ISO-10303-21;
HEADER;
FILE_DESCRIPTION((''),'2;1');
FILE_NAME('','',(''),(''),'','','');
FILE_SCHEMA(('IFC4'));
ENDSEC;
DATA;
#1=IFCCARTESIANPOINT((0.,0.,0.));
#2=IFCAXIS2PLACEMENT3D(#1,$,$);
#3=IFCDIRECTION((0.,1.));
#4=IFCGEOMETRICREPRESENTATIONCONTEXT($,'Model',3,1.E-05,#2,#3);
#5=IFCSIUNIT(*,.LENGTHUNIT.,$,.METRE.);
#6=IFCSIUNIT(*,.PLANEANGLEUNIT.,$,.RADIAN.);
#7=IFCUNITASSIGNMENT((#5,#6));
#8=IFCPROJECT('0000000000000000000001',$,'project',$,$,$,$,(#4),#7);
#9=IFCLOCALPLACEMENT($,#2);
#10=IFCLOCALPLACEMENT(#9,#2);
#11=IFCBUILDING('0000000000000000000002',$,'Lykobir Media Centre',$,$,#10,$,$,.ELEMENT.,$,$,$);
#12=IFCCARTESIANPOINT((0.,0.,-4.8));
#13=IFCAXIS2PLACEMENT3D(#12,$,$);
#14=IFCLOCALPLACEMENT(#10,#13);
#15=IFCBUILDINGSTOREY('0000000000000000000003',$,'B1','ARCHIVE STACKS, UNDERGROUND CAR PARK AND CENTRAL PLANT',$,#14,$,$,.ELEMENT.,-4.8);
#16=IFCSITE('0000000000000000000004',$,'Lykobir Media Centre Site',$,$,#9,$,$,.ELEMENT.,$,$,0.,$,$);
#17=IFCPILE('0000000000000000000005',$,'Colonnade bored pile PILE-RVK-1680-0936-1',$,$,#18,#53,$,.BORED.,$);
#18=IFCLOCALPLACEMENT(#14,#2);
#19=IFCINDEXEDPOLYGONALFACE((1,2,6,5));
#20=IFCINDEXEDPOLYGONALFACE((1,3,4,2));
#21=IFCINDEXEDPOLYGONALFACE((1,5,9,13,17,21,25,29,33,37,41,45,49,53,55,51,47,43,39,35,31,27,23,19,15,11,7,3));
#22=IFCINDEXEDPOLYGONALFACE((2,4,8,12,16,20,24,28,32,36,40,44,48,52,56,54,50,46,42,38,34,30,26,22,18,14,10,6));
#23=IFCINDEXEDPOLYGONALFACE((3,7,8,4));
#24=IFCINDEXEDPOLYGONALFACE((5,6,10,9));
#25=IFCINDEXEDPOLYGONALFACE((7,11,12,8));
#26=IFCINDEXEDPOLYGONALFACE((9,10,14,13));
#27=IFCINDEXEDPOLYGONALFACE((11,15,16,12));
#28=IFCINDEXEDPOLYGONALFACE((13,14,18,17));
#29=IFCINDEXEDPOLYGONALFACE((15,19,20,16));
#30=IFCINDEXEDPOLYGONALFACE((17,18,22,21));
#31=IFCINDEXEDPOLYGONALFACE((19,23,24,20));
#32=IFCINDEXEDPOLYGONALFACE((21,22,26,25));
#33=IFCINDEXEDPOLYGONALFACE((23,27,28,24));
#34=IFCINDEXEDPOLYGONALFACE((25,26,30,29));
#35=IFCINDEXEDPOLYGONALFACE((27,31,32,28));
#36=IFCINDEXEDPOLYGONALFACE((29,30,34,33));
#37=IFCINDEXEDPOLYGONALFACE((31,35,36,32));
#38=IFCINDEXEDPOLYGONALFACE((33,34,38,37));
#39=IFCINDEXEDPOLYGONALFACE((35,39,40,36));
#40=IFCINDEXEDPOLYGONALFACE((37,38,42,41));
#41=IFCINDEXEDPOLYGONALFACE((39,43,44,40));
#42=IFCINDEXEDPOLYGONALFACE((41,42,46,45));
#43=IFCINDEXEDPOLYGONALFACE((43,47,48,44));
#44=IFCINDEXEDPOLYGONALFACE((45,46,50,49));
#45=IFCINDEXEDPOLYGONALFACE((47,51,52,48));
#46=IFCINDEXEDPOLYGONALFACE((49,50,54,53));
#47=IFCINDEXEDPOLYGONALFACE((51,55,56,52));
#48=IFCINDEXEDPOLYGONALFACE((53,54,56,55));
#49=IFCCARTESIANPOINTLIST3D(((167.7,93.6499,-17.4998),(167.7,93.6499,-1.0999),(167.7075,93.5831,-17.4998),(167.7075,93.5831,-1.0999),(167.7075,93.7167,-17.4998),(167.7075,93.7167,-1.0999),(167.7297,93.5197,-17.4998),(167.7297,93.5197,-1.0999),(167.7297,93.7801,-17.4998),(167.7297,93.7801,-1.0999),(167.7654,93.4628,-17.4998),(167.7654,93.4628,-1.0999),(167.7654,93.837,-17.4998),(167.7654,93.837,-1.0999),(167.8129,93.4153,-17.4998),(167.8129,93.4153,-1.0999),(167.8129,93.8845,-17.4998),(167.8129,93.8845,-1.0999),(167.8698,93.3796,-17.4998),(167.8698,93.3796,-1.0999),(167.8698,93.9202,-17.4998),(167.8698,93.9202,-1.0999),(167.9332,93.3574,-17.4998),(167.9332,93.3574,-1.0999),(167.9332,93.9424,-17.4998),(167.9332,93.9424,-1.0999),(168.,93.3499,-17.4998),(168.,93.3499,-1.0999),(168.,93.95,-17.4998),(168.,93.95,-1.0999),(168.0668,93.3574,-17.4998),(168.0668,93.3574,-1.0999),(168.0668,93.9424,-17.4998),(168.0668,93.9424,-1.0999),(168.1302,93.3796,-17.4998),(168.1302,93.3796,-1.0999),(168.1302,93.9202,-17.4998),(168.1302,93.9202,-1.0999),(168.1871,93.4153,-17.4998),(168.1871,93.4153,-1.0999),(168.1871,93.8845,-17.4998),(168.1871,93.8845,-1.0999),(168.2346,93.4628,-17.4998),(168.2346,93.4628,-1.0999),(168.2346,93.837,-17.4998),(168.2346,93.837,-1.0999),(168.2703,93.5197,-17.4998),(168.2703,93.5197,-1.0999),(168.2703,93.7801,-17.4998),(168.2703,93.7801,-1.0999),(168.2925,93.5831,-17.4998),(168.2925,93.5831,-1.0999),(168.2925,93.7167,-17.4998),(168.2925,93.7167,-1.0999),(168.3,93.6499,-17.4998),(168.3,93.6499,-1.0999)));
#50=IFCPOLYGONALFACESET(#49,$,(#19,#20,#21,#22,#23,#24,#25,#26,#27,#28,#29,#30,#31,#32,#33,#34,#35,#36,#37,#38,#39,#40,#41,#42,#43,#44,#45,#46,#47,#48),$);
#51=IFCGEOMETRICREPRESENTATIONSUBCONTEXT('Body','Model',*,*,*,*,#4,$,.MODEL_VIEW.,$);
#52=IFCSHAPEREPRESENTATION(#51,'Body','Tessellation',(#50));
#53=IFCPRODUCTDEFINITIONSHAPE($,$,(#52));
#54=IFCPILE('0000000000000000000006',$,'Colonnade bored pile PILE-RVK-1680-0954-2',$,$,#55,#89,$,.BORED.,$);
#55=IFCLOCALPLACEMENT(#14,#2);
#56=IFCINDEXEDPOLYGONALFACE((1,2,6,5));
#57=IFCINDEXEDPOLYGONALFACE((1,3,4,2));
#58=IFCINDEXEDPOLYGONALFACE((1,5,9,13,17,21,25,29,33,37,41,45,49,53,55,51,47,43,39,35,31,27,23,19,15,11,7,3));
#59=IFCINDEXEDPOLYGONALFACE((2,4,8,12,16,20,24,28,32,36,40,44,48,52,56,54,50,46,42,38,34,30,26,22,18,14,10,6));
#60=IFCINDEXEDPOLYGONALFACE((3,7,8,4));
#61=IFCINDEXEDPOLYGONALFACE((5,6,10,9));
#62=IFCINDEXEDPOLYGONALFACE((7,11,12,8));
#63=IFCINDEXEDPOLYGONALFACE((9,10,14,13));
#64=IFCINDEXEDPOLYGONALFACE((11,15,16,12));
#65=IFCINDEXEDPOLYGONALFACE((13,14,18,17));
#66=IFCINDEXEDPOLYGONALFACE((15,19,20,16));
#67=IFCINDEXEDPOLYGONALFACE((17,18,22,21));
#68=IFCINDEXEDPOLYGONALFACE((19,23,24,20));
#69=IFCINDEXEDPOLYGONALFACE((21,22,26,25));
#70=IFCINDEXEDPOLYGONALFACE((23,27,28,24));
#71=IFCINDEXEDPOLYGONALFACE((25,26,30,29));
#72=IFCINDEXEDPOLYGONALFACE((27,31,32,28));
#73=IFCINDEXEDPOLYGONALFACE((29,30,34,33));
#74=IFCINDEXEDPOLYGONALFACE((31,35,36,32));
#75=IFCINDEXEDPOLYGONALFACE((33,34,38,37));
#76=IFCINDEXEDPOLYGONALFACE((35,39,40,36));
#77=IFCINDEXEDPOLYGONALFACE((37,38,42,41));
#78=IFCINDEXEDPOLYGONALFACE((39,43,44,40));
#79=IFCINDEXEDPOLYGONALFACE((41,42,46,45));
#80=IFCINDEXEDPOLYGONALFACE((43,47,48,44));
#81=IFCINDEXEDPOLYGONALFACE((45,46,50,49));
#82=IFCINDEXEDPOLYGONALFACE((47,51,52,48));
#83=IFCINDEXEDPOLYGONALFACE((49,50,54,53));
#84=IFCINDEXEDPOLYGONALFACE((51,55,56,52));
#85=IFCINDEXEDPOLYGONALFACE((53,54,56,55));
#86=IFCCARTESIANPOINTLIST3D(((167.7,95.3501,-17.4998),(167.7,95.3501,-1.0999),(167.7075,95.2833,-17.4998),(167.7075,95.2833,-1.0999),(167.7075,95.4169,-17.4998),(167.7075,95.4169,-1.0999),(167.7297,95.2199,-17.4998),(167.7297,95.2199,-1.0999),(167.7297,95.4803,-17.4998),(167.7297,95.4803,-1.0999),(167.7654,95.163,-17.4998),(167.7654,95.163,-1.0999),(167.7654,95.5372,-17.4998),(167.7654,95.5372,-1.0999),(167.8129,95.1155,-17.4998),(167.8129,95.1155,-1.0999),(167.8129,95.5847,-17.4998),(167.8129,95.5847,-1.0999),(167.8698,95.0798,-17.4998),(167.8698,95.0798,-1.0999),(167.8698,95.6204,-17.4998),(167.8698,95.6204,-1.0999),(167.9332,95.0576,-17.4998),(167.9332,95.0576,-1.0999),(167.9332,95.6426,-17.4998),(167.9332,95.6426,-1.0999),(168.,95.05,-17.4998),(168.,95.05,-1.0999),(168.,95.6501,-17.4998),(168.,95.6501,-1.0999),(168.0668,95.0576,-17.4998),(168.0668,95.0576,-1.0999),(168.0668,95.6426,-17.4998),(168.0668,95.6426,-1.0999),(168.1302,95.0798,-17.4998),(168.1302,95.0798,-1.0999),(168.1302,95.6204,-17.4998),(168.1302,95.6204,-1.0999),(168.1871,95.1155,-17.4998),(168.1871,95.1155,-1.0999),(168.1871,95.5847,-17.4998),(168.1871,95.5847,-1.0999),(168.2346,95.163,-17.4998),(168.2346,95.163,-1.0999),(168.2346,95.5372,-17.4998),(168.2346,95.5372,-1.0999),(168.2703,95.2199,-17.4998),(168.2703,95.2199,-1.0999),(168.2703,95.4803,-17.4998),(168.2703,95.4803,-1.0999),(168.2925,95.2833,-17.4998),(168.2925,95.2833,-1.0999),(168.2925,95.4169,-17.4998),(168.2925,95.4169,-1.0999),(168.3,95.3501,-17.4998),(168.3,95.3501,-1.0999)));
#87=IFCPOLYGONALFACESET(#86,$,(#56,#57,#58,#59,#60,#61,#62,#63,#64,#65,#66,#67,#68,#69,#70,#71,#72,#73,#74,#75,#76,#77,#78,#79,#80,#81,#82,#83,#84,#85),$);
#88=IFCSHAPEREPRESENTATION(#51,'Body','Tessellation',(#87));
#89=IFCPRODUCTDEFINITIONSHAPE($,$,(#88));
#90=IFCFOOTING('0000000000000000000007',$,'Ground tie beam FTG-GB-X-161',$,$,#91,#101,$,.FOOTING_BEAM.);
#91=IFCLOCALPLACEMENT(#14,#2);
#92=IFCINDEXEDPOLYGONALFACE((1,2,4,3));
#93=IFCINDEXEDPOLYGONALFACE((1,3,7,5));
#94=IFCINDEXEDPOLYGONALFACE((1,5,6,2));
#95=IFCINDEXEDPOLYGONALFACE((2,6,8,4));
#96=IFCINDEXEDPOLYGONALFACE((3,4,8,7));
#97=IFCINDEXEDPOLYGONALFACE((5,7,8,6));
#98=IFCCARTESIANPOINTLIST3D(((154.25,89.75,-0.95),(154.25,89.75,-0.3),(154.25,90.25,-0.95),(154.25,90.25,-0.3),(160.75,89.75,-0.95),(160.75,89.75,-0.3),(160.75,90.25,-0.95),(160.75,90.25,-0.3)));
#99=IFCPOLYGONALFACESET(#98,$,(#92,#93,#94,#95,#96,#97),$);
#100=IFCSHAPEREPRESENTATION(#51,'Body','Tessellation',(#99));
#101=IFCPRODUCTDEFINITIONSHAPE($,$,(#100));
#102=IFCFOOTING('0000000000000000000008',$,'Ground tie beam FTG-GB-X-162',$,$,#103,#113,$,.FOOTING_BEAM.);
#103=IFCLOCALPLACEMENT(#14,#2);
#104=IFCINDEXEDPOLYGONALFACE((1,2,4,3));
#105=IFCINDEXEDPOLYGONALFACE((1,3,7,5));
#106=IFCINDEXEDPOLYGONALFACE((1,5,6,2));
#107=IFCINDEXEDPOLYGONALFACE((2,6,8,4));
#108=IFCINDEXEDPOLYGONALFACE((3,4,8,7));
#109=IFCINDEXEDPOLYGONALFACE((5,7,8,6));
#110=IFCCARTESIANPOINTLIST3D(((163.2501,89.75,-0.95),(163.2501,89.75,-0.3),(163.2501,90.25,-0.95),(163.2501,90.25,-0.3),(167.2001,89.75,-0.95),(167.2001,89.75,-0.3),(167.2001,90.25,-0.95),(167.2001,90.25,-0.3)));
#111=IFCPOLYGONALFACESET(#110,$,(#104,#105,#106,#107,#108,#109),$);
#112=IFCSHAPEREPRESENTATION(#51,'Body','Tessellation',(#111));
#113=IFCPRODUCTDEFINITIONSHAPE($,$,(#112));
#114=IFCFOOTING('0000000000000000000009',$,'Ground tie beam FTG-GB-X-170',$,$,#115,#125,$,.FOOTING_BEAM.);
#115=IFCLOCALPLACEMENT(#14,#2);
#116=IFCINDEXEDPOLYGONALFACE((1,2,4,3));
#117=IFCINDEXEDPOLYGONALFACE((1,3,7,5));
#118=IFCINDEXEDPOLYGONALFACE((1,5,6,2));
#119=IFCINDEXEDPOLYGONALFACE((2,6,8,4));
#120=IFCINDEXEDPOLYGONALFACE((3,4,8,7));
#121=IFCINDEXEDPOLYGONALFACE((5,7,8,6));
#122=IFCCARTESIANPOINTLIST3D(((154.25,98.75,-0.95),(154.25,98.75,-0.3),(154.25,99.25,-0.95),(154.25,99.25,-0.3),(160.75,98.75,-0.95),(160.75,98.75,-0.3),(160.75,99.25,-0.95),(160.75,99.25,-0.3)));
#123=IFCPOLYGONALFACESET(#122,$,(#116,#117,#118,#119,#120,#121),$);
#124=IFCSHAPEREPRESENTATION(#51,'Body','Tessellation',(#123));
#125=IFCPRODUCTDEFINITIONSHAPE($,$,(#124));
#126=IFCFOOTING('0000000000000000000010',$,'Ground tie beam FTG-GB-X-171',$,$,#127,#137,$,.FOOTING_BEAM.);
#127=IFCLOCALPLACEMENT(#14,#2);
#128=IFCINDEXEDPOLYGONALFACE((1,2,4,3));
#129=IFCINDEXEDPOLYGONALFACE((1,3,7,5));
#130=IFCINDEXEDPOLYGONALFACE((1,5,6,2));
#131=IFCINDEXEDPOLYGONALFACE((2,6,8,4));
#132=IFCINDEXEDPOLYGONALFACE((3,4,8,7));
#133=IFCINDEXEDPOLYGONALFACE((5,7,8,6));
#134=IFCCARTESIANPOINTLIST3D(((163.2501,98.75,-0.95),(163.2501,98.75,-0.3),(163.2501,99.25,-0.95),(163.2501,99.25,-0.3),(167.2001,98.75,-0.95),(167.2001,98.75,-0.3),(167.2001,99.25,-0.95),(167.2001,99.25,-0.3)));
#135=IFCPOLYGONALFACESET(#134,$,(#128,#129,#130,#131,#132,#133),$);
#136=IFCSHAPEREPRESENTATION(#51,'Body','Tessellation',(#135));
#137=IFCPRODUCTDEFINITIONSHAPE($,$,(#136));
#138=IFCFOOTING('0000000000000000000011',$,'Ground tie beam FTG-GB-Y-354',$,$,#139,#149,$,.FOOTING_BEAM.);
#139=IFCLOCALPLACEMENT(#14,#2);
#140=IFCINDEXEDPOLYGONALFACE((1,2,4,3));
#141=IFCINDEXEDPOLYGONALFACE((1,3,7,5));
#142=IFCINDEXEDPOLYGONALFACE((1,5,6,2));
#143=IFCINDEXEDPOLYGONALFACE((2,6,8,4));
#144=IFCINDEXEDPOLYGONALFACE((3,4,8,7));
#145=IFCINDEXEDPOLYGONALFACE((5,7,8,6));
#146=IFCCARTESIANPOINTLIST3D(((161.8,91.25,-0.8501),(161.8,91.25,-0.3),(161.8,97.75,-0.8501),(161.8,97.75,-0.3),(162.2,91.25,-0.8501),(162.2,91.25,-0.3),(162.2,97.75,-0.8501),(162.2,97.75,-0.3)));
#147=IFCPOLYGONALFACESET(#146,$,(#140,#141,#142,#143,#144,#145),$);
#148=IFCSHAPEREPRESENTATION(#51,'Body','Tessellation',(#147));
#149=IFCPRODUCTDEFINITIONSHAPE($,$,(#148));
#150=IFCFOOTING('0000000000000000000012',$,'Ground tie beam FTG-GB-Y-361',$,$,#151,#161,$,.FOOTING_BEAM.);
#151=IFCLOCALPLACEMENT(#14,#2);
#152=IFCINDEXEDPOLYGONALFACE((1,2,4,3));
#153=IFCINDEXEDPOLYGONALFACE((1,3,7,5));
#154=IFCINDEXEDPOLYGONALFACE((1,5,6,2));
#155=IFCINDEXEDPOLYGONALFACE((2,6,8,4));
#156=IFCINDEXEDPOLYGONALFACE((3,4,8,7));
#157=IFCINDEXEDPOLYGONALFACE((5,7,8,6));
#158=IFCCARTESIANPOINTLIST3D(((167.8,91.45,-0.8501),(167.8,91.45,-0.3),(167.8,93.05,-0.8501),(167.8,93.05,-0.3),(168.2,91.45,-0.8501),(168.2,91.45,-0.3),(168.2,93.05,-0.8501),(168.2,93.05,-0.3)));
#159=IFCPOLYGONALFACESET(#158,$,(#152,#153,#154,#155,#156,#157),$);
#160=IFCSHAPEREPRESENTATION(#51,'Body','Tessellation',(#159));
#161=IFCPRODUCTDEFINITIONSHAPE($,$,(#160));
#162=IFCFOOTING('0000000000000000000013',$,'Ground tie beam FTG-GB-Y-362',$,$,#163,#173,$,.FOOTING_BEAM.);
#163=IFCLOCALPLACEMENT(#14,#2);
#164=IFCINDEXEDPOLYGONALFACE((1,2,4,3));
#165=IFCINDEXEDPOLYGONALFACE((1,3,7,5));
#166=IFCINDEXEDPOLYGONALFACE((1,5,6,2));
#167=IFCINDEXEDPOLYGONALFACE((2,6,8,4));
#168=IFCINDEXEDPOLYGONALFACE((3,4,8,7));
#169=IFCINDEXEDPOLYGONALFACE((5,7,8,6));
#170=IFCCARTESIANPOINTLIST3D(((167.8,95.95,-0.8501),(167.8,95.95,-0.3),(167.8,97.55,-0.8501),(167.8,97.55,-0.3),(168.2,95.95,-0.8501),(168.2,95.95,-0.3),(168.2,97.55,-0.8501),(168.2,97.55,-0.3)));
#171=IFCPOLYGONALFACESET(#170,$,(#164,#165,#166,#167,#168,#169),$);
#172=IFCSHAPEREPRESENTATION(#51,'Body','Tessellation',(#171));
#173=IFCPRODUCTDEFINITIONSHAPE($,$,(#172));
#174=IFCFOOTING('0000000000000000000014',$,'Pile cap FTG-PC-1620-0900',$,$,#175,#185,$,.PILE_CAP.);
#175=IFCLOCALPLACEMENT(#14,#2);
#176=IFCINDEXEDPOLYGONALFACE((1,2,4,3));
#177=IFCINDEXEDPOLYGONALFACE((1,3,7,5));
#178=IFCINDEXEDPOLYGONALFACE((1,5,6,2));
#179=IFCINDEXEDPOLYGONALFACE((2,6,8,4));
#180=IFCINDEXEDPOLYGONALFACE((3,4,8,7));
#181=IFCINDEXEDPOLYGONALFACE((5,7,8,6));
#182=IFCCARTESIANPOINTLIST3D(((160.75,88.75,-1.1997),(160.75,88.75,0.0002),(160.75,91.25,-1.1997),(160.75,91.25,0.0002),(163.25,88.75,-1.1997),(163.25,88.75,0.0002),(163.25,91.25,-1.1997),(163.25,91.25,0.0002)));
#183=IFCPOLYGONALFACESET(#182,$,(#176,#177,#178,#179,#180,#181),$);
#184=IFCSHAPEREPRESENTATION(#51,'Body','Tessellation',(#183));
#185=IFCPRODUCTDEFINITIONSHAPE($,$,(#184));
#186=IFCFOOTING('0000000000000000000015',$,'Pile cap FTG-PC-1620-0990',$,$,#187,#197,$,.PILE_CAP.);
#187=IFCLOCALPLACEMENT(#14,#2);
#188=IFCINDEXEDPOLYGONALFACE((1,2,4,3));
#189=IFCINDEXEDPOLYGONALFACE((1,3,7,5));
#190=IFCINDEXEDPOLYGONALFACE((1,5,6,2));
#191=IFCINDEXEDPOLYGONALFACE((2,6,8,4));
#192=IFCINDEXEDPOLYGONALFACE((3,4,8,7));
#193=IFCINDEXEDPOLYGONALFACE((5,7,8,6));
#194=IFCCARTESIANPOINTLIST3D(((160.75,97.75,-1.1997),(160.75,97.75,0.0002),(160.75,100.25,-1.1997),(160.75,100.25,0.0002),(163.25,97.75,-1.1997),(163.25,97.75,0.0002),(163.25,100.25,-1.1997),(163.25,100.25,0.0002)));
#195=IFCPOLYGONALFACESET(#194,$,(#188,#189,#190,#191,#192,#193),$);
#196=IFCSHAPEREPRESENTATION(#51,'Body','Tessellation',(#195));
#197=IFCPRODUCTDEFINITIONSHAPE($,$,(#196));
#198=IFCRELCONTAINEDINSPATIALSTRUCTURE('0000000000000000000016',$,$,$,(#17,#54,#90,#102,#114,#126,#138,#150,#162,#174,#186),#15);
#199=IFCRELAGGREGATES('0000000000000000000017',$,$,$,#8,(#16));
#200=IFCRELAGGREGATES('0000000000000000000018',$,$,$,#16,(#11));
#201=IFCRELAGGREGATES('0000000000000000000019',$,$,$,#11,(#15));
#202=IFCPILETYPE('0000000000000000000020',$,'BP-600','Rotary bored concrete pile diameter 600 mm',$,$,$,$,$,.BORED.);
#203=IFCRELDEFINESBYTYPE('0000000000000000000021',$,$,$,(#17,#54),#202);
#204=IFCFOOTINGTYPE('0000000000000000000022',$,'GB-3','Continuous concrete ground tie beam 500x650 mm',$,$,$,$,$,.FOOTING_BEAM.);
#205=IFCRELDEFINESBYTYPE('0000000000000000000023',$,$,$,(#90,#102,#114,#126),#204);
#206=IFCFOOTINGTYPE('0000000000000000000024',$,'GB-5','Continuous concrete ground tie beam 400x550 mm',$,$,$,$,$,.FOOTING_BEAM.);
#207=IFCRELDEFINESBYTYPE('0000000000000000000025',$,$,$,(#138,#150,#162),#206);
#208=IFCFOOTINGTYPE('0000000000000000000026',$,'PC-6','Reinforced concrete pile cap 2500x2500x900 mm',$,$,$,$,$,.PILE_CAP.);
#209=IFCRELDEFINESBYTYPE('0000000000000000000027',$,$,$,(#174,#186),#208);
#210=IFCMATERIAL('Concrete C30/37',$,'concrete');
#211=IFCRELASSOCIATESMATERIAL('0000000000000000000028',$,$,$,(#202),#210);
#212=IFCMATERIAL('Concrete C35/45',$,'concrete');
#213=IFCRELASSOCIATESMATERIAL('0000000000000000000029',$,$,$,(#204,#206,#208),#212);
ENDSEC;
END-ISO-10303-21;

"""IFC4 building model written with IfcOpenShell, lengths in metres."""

from ifc_helpers import new_model, si_unit, direction, frame, origin, origin_2d, place, context, subcontext, project, spatial, rectangle, circle, extrude, material, material_profile, profile_set, type_object, element, save


model = new_model("IFC4")

# Units and contexts
model_context = context("Model", 3, precision=1e-05, world=origin(), true_north=direction((0.0, 1.0)))
body_context = subcontext(model_context, "Body", "Model", "MODEL_VIEW")
ifc_project = project(units=[si_unit("LENGTHUNIT", "METRE"), si_unit("PLANEANGLEUNIT", "RADIAN")], contexts=[model_context])

# Site, building, storey
site_placement = place(None, origin())
site = spatial("IfcSite", under=ifc_project, at=site_placement, Name="Lykobir Media Centre Site", CompositionType="ELEMENT", RefElevation=0.0)
building_placement = place(site_placement, origin())
building = spatial("IfcBuilding", under=site, at=building_placement, Name="Lykobir Media Centre", CompositionType="ELEMENT")
storey_placement = place(building_placement, frame((0.0, 0.0, -4.8)))
storey = spatial("IfcBuildingStorey", under=building, at=storey_placement, Name="B1", Description="ARCHIVE STACKS, UNDERGROUND CAR PARK AND CENTRAL PLANT", CompositionType="ELEMENT", Elevation=-4.8)

# Piles
ifc_material_1 = material(Name="Concrete C30/37", Category="concrete")
ifc_material_profile_1 = material_profile(ifc_material_1, circle(Radius=0.3, at=origin_2d()), Name="BORED PILE D600")
ifc_profile_set_1 = profile_set([ifc_material_profile_1], Name="Concrete C30/37")
pile_type = type_object("IfcPileType", Name="BP-600", Description="Rotary bored concrete pile diameter 600 mm", PredefinedType="BORED", material=ifc_profile_set_1)
for number, where, z_axis, x_axis, name in (
    (1, (168.0, 93.6499, -1.0999), (0.0, 0.0, -1.0), (1.0, 0.0, 0.0), "Colonnade bored pile PILE-RVK-1680-0936-1"),
    (2, (168.0, 95.3501, -1.0999), (0.0, 0.0, -1.0), (1.0, 0.0, 0.0), "Colonnade bored pile PILE-RVK-1680-0954-2"),
):
    element("IfcPile", number, at=place(storey_placement, frame(where, z_axis=z_axis, x_axis=x_axis)), inside=storey, type_object=pile_type, Name=name, PredefinedType="BORED", context=body_context, shape_type="SweptSolid", body=[
        extrude(circle(Radius=0.3, at=origin_2d()), origin(), (0.0, 0.0, 1.0), 16.3999),
    ])

# Footings
ifc_material_2 = material(Name="Concrete C35/45", Category="concrete")
footing_type_1 = type_object("IfcFootingType", Name="GB-3", Description="Continuous concrete ground tie beam 500x650 mm", PredefinedType="FOOTING_BEAM", material=ifc_material_2)
footing_1_placement = place(storey_placement, frame((157.5, 90.0, -0.95), z_axis=(0.0, 0.0, 1.0), x_axis=(1.0, 0.0, 0.0)))
element("IfcFooting", 3, at=footing_1_placement, inside=storey, type_object=footing_type_1, Name="Ground tie beam FTG-GB-X-161", PredefinedType="FOOTING_BEAM", context=body_context, shape_type="SweptSolid", body=[
    extrude(rectangle(XDim=6.5, YDim=0.5, at=origin_2d()), origin(), (0.0, 0.0, 1.0), 0.6499),
])
footing_2_placement = place(storey_placement, frame((165.2251, 90.0, -0.95), z_axis=(0.0, 0.0, 1.0), x_axis=(1.0, 0.0, 0.0)))
element("IfcFooting", 4, at=footing_2_placement, inside=storey, type_object=footing_type_1, Name="Ground tie beam FTG-GB-X-162", PredefinedType="FOOTING_BEAM", context=body_context, shape_type="SweptSolid", body=[
    extrude(rectangle(XDim=3.95, YDim=0.5, at=origin_2d()), origin(), (0.0, 0.0, 1.0), 0.6499),
])
footing_3_placement = place(storey_placement, frame((157.5, 99.0, -0.95), z_axis=(0.0, 0.0, 1.0), x_axis=(1.0, 0.0, 0.0)))
element("IfcFooting", 5, at=footing_3_placement, inside=storey, type_object=footing_type_1, Name="Ground tie beam FTG-GB-X-170", PredefinedType="FOOTING_BEAM", context=body_context, shape_type="SweptSolid", body=[
    extrude(rectangle(XDim=6.5, YDim=0.5, at=origin_2d()), origin(), (0.0, 0.0, 1.0), 0.6499),
])
footing_4_placement = place(storey_placement, frame((165.2251, 99.0, -0.95), z_axis=(0.0, 0.0, 1.0), x_axis=(1.0, 0.0, 0.0)))
element("IfcFooting", 6, at=footing_4_placement, inside=storey, type_object=footing_type_1, Name="Ground tie beam FTG-GB-X-171", PredefinedType="FOOTING_BEAM", context=body_context, shape_type="SweptSolid", body=[
    extrude(rectangle(XDim=3.95, YDim=0.5, at=origin_2d()), origin(), (0.0, 0.0, 1.0), 0.6499),
])
footing_type_2 = type_object("IfcFootingType", Name="GB-5", Description="Continuous concrete ground tie beam 400x550 mm", PredefinedType="FOOTING_BEAM", material=ifc_material_2)
footing_5_placement = place(storey_placement, frame((162.0, 94.5, -0.8501), z_axis=(0.0, 0.0, 1.0), x_axis=(0.0, 1.0, 0.0)))
element("IfcFooting", 7, at=footing_5_placement, inside=storey, type_object=footing_type_2, Name="Ground tie beam FTG-GB-Y-354", PredefinedType="FOOTING_BEAM", context=body_context, shape_type="SweptSolid", body=[
    extrude(rectangle(XDim=6.5, YDim=0.3999, at=origin_2d()), origin(), (0.0, 0.0, 1.0), 0.55),
])
for number, where, z_axis, x_axis, name in (
    (8, (168.0, 92.25, -0.8501), (0.0, 0.0, 1.0), (0.0, 1.0, 0.0), "Ground tie beam FTG-GB-Y-361"),
    (9, (168.0, 96.75, -0.8501), (0.0, 0.0, 1.0), (0.0, 1.0, 0.0), "Ground tie beam FTG-GB-Y-362"),
):
    element("IfcFooting", number, at=place(storey_placement, frame(where, z_axis=z_axis, x_axis=x_axis)), inside=storey, type_object=footing_type_2, Name=name, PredefinedType="FOOTING_BEAM", context=body_context, shape_type="SweptSolid", body=[
        extrude(rectangle(XDim=1.6001, YDim=0.3999, at=origin_2d()), origin(), (0.0, 0.0, 1.0), 0.55),
    ])
footing_type_3 = type_object("IfcFootingType", Name="PC-6", Description="Reinforced concrete pile cap 2500x2500x900 mm", PredefinedType="PILE_CAP", material=ifc_material_2)
for number, where, z_axis, x_axis, name in (
    (10, (162.0, 90.0, -1.1997), (0.0, 0.0, 1.0), (1.0, 0.0, 0.0), "Pile cap FTG-PC-1620-0900"),
    (11, (162.0, 99.0, -1.1997), (0.0, 0.0, 1.0), (1.0, 0.0, 0.0), "Pile cap FTG-PC-1620-0990"),
):
    element("IfcFooting", number, at=place(storey_placement, frame(where, z_axis=z_axis, x_axis=x_axis)), inside=storey, type_object=footing_type_3, Name=name, PredefinedType="PILE_CAP", context=body_context, shape_type="SweptSolid", body=[
        extrude(rectangle(XDim=2.5, YDim=2.5, at=origin_2d()), origin(), (0.0, 0.0, 1.0), 1.2),
    ])

save(model, "model.ifc")
